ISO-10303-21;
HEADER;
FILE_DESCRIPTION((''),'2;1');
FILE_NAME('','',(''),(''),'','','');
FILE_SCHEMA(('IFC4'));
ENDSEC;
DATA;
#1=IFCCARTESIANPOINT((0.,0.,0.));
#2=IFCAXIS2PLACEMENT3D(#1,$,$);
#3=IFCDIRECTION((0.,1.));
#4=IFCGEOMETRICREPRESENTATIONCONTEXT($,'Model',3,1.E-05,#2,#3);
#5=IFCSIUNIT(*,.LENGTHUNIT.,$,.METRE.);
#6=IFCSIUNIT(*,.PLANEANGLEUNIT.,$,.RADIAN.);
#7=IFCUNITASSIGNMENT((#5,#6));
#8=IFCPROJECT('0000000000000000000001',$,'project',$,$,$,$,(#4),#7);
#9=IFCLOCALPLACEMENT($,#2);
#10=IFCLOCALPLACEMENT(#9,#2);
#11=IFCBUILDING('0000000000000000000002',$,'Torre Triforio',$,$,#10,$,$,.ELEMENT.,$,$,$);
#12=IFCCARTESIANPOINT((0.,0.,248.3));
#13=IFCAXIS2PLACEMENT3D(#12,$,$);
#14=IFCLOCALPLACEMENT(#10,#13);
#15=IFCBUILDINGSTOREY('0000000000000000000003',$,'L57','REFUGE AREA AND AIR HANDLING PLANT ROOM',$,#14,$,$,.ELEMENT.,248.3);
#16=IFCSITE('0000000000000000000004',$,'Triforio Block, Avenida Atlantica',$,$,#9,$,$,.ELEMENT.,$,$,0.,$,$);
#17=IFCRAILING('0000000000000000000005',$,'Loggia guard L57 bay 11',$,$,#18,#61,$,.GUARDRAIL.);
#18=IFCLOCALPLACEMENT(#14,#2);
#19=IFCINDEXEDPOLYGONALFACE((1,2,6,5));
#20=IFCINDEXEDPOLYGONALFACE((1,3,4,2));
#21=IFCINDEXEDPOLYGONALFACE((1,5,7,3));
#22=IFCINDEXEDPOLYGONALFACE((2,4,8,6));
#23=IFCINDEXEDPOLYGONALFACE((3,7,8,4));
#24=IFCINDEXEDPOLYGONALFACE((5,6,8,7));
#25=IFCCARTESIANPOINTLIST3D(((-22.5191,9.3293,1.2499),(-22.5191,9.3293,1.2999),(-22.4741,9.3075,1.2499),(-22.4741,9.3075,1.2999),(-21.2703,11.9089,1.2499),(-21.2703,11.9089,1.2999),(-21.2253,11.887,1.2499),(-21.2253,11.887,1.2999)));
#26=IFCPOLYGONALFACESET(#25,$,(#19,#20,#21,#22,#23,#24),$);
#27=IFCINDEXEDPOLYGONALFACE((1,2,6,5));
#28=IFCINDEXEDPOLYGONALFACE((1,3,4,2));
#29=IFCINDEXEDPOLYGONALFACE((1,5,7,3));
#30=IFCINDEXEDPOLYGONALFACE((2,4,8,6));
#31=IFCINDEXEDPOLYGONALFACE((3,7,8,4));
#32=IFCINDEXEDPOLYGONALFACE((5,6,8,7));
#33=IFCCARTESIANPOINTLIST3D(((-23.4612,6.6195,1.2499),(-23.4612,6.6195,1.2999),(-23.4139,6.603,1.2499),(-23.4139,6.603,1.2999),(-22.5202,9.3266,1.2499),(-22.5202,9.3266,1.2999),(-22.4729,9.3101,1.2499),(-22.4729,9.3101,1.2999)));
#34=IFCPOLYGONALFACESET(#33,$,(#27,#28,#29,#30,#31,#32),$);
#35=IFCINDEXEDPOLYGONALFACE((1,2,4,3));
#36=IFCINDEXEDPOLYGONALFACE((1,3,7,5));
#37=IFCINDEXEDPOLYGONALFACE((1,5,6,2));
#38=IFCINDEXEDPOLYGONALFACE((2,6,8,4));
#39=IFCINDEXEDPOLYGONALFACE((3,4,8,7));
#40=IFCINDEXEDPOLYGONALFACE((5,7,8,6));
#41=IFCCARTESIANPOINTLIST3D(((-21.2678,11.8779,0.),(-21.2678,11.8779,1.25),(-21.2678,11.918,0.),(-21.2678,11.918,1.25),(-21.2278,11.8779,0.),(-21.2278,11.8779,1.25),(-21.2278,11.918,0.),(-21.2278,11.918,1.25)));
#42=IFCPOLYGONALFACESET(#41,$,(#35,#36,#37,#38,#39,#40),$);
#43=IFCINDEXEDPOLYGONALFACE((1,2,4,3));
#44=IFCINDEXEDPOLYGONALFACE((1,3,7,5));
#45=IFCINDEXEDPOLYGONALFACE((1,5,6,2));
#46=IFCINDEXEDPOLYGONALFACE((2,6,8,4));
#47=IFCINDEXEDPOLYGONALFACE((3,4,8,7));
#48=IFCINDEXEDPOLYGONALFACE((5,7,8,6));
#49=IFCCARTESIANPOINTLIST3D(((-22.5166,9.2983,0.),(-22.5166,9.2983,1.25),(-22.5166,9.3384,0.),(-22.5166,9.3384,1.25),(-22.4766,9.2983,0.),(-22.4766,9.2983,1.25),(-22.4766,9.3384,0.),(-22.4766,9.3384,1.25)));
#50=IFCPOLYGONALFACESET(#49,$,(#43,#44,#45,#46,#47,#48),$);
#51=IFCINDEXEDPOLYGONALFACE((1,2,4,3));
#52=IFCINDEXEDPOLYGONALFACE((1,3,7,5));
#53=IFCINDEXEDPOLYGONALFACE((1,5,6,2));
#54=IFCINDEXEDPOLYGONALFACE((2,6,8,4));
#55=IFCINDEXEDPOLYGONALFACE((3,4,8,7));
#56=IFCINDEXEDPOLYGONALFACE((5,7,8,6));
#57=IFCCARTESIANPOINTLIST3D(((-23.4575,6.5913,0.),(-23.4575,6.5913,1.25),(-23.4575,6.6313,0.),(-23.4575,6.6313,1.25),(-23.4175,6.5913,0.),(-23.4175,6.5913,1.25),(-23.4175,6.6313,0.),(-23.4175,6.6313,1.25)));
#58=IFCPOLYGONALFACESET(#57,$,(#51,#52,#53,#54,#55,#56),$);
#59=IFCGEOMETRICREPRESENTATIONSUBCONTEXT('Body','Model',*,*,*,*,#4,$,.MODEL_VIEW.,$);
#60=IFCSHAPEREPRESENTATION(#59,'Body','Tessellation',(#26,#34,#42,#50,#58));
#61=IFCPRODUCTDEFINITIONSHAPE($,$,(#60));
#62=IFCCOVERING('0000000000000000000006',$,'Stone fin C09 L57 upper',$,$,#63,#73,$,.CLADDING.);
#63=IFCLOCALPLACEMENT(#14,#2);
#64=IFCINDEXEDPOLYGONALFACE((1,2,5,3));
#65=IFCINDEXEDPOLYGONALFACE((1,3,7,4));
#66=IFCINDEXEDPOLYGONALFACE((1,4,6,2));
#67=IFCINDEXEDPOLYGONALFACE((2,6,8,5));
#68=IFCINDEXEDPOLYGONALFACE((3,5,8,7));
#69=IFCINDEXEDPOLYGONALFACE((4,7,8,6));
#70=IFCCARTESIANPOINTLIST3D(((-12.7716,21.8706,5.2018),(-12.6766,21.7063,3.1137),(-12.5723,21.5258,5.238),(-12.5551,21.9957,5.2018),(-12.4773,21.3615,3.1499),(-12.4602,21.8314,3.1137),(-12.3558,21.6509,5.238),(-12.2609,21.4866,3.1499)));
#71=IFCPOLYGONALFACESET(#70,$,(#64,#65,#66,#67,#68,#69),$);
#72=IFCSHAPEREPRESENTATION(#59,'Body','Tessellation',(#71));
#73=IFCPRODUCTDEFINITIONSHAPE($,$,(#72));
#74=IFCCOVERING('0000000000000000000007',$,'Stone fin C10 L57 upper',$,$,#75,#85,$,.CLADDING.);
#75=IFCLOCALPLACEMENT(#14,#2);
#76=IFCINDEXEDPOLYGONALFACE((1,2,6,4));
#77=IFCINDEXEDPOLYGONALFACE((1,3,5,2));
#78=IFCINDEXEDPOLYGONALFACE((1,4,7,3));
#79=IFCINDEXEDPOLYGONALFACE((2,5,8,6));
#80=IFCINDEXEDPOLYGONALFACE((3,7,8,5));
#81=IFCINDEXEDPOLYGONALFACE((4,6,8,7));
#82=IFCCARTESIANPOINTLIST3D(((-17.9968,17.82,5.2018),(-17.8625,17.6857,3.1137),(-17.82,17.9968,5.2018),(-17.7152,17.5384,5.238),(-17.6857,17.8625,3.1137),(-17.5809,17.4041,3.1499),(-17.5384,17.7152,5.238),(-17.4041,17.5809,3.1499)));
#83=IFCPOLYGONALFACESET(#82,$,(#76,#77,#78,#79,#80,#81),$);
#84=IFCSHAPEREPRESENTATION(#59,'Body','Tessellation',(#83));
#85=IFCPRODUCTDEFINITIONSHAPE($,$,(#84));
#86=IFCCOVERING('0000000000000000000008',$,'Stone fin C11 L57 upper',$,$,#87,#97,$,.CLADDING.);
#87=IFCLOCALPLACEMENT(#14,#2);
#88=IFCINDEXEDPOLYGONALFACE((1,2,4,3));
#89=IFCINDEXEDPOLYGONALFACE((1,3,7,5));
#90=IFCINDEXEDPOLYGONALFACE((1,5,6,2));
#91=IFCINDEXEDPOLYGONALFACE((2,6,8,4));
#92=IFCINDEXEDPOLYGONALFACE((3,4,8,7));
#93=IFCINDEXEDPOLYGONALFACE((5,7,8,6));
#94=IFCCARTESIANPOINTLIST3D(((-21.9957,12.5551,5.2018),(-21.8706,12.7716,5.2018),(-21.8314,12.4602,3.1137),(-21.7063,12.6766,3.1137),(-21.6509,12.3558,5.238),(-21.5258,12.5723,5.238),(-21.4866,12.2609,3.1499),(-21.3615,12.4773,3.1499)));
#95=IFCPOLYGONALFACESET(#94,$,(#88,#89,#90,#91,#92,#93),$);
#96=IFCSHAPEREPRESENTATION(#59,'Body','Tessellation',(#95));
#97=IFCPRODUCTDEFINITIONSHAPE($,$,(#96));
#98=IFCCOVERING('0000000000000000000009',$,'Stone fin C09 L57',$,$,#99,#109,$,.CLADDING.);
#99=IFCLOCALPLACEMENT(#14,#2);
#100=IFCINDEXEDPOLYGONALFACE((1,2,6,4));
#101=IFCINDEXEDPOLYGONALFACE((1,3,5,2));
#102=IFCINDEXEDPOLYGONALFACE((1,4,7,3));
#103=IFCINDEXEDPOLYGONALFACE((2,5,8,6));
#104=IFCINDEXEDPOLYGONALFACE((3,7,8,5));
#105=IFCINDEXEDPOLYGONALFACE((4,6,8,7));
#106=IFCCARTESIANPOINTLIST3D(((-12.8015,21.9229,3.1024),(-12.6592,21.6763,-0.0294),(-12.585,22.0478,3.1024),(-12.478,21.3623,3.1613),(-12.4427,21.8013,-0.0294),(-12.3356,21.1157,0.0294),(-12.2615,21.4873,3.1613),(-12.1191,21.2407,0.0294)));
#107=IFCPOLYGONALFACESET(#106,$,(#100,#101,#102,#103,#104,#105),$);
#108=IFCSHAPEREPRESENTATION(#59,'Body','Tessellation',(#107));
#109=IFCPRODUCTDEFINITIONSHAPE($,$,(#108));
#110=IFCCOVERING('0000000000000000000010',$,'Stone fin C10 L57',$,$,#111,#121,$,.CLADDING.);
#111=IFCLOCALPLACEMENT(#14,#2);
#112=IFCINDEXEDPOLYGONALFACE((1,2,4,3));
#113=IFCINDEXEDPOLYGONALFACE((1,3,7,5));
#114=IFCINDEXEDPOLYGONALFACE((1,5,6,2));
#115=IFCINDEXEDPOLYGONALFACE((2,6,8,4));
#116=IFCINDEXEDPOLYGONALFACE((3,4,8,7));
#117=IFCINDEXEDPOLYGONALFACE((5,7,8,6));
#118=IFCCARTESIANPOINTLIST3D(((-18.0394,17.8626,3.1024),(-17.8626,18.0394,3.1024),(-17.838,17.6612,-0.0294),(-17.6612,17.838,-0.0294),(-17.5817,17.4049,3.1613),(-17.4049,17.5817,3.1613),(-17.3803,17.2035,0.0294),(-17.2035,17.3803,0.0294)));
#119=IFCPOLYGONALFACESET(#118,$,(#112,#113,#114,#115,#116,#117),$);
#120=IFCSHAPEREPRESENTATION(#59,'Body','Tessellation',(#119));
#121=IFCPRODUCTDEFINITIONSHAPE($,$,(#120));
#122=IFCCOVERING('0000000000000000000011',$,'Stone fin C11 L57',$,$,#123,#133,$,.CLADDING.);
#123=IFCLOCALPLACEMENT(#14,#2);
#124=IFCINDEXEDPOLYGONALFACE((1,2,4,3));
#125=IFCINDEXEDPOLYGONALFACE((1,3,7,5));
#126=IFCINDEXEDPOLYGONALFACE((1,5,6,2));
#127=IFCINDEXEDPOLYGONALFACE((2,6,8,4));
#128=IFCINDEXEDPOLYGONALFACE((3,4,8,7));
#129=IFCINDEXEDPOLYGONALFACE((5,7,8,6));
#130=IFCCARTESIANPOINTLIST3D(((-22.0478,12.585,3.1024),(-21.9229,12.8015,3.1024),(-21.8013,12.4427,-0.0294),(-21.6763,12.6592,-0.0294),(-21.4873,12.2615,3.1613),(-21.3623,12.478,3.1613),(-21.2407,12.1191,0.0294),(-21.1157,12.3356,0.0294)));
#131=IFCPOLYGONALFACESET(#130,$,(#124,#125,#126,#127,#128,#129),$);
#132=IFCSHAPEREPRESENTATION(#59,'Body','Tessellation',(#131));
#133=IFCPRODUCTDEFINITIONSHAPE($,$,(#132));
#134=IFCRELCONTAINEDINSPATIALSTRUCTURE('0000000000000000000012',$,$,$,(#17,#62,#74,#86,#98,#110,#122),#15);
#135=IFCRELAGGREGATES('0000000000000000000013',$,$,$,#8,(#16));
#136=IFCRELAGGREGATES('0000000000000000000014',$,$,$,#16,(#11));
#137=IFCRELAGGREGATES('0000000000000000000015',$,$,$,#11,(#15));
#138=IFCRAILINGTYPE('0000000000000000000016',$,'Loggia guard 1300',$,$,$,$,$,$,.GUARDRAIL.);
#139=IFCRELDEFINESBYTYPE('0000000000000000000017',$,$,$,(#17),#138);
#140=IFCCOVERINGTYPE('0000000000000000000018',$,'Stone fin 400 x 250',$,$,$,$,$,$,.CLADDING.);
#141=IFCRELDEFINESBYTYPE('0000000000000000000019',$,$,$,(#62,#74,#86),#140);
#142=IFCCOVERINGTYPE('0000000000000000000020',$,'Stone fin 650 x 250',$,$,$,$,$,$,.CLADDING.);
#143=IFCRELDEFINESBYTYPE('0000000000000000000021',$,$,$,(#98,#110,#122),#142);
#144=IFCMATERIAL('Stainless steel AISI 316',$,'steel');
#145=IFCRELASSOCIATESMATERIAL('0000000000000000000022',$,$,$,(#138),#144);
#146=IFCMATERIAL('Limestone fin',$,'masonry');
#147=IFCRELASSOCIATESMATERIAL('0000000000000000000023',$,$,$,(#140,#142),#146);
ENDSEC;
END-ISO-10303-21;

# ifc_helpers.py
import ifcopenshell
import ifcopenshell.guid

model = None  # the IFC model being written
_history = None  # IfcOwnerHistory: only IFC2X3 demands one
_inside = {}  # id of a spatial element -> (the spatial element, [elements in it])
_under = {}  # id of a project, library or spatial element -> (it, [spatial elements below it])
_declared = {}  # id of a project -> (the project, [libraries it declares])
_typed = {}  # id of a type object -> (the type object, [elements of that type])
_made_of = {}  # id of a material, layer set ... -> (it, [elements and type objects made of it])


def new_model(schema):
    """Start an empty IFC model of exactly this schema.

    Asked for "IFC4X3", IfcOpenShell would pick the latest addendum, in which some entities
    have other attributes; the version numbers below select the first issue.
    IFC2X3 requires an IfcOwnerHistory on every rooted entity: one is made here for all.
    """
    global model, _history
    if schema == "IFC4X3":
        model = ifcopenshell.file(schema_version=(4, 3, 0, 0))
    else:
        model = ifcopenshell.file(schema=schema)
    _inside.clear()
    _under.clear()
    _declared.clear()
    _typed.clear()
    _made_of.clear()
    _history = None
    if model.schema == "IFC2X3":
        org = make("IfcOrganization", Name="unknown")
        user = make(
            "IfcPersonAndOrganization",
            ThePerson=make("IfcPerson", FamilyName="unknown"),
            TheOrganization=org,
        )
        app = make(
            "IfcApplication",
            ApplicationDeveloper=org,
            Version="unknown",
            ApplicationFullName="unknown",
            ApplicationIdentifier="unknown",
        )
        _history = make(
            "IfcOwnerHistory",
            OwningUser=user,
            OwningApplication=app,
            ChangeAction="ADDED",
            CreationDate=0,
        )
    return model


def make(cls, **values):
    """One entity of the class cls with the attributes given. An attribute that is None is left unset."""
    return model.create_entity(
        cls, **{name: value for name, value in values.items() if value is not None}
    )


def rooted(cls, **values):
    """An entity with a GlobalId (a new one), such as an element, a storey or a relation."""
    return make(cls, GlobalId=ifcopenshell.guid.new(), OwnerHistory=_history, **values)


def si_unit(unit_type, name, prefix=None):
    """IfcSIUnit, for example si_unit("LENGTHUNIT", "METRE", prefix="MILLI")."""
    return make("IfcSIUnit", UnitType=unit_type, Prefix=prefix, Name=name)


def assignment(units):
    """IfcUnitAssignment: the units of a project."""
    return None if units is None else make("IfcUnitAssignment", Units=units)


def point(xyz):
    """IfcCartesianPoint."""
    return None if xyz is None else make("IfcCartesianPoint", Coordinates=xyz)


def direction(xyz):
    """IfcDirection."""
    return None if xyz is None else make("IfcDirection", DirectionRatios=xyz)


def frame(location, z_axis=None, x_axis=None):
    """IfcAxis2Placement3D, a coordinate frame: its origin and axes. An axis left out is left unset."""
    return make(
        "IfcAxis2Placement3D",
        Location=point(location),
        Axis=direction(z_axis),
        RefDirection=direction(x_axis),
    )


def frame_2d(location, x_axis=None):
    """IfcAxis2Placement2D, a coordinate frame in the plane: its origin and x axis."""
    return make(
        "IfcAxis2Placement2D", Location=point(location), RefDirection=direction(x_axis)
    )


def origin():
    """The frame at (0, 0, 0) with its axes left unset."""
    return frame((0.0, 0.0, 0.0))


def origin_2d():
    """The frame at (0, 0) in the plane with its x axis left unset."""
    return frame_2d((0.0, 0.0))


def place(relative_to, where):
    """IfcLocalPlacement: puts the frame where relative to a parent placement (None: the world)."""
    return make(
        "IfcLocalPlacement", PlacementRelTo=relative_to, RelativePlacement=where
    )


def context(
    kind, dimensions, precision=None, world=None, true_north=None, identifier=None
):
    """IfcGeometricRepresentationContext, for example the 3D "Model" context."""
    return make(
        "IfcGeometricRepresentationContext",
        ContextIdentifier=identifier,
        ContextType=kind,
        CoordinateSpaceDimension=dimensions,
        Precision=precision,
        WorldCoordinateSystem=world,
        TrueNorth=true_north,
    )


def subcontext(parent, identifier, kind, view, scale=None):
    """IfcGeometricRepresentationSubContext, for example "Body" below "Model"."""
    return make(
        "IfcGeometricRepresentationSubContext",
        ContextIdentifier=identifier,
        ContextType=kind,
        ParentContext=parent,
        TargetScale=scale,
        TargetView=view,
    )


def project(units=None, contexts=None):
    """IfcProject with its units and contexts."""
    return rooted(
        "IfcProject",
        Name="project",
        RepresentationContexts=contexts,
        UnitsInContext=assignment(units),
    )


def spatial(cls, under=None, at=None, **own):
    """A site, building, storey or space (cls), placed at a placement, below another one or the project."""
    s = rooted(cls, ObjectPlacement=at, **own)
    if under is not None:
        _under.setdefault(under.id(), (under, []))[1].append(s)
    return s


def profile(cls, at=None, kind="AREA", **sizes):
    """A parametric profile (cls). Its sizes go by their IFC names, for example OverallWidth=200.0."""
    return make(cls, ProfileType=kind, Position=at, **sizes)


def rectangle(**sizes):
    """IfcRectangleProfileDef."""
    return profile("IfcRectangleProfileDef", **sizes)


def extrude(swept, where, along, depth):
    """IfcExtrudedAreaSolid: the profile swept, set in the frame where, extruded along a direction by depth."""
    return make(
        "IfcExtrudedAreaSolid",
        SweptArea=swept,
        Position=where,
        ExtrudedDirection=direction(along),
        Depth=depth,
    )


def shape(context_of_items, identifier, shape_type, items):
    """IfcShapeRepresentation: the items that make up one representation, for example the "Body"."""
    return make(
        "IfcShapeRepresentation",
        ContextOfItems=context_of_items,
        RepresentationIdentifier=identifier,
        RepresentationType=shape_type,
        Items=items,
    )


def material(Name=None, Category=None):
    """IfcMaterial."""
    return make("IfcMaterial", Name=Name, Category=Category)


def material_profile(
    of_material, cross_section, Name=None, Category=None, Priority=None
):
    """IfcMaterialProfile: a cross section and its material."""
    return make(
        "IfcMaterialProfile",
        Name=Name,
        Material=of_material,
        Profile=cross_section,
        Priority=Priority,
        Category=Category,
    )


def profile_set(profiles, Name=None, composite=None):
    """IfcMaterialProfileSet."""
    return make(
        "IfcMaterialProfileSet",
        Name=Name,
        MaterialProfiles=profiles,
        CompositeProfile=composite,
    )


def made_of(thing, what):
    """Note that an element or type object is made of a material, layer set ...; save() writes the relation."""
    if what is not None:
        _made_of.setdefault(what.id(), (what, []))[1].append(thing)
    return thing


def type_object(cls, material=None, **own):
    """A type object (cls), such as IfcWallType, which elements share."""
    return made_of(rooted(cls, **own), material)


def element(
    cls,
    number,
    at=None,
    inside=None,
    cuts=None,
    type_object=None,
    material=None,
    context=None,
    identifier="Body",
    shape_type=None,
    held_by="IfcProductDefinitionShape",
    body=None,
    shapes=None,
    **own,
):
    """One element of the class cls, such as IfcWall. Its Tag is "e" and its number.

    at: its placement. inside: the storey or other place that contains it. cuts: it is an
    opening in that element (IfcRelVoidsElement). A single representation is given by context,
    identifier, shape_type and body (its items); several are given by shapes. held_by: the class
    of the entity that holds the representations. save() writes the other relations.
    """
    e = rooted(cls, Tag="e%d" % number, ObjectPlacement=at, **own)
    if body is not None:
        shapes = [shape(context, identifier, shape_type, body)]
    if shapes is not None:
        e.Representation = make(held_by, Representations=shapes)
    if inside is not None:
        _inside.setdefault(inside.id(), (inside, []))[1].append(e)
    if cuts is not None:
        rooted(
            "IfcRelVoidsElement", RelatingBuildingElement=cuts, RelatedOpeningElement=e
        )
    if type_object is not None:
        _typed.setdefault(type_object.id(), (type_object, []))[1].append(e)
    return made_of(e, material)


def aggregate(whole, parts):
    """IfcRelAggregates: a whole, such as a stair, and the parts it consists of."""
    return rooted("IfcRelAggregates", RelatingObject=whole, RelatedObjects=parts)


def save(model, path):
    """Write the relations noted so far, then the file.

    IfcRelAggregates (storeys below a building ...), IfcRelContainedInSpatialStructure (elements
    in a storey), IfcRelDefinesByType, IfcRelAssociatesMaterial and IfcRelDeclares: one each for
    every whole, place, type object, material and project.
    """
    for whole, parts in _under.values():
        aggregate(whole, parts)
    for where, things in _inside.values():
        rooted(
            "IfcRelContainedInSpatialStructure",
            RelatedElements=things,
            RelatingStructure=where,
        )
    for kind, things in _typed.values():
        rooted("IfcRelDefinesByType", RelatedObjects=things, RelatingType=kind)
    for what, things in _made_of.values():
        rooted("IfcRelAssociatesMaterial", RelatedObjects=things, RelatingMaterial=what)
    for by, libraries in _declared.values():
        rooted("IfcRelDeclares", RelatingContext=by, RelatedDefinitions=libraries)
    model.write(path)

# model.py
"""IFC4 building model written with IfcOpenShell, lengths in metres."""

from ifc_helpers import new_model, si_unit, direction, frame, origin, origin_2d, place, context, subcontext, project, spatial, rectangle, extrude, material, material_profile, profile_set, type_object, element, save


model = new_model("IFC4")

# Units and contexts
model_context = context("Model", 3, precision=1e-05, world=origin(), true_north=direction((0.0, 1.0)))
body_context = subcontext(model_context, "Body", "Model", "MODEL_VIEW")
ifc_project = project(units=[si_unit("LENGTHUNIT", "METRE"), si_unit("PLANEANGLEUNIT", "RADIAN")], contexts=[model_context])

# Site, building, storey
site_placement = place(None, origin())
site = spatial("IfcSite", under=ifc_project, at=site_placement, Name="Triforio Block, Avenida Atlantica", CompositionType="ELEMENT", RefElevation=0.0)
building_placement = place(site_placement, origin())
building = spatial("IfcBuilding", under=site, at=building_placement, Name="Torre Triforio", CompositionType="ELEMENT")
storey_placement = place(building_placement, frame((0.0, 0.0, 248.3)))
storey = spatial("IfcBuildingStorey", under=building, at=storey_placement, Name="L57", Description="REFUGE AREA AND AIR HANDLING PLANT ROOM", CompositionType="ELEMENT", Elevation=248.3)

# Railing
ifc_material_1 = material(Name="Stainless steel AISI 316", Category="steel")
railing_type = type_object("IfcRailingType", Name="Loggia guard 1300", PredefinedType="GUARDRAIL", material=ifc_material_1)
railing_1_placement = place(storey_placement, frame((-21.2478, 11.8979, 0.0)))
element("IfcRailing", 1, at=railing_1_placement, inside=storey, type_object=railing_type, Name="Loggia guard L57 bay 11", PredefinedType="GUARDRAIL", context=body_context, shape_type="SweptSolid", body=[
    extrude(rectangle(XDim=0.05, YDim=0.05, at=origin_2d()), frame((0.0, 0.0, 1.2749), z_axis=(-0.435728, -0.900078, 0.0), x_axis=(0.900078, -0.435728, 0.0)), (0.0, 0.0, 1.0), 2.866),
    extrude(rectangle(XDim=0.05, YDim=0.05, at=origin_2d()), frame((-1.2488, -2.5796, 1.2749), z_axis=(-0.328316, -0.944568, 0.0), x_axis=(0.944568, -0.328316, 0.0)), (0.0, 0.0, 1.0), 2.866),
    extrude(rectangle(XDim=0.04, YDim=0.04, at=origin_2d()), origin(), (0.0, 0.0, 1.0), 1.25),
    extrude(rectangle(XDim=0.04, YDim=0.04, at=origin_2d()), frame((-1.2488, -2.5796, 0.0)), (0.0, 0.0, 1.0), 1.25),
    extrude(rectangle(XDim=0.04, YDim=0.04, at=origin_2d()), frame((-2.1897, -5.2866, 0.0)), (0.0, 0.0, 1.0), 1.25),
])

# Coverings
ifc_material_2 = material(Name="Limestone fin", Category="masonry")
ifc_material_profile_1 = material_profile(ifc_material_2, rectangle(XDim=0.3999, YDim=0.25, at=origin_2d()), Name="FIN 400x250")
ifc_profile_set_1 = profile_set([ifc_material_profile_1], Name="Limestone fin")
covering_type_1 = type_object("IfcCoveringType", Name="Stone fin 400 x 250", PredefinedType="CLADDING", material=ifc_profile_set_1)
for number, where, z_axis, x_axis, name in (
    (2, (-12.4688, 21.5964, 3.1318), (-0.045294, 0.078363, 0.995895), (0.498374, -0.862225, 0.090511), "Stone fin C09 L57 upper"),
    (3, (-17.6333, 17.6333, 3.1318), (-0.064041, 0.064041, 0.99589), (0.704201, -0.704201, 0.090567), "Stone fin C10 L57 upper"),
    (4, (-21.5964, 12.4688, 3.1318), (-0.078363, 0.045294, 0.995895), (0.862225, -0.498374, 0.090511), "Stone fin C11 L57 upper"),
):
    element("IfcCovering", number, at=place(storey_placement, frame(where, z_axis=z_axis, x_axis=x_axis)), inside=storey, type_object=covering_type_1, Name=name, PredefinedType="CLADDING", context=body_context, shape_type="SweptSolid", body=[
        extrude(rectangle(XDim=0.3999, YDim=0.25, at=origin_2d()), origin(), (0.0, 0.0, 1.0), 2.0967),
    ])
ifc_material_profile_2 = material_profile(ifc_material_2, rectangle(XDim=0.6499, YDim=0.25, at=origin_2d()), Name="FIN 650x250")
ifc_profile_set_2 = profile_set([ifc_material_profile_2], Name="Limestone fin")
covering_type_2 = type_object("IfcCoveringType", Name="Stone fin 650 x 250", PredefinedType="CLADDING", material=ifc_profile_set_2)
for number, where, z_axis, x_axis, name in (
    (5, (-12.3892, 21.4585, 0.0), (-0.045261, 0.078411, 0.995893), (0.497867, -0.862515, 0.090536), "Stone fin C09 L57"),
    (6, (-17.5208, 17.5208, 0.0), (-0.064048, 0.064048, 0.995889), (0.7042, -0.7042, 0.090578), "Stone fin C10 L57"),
    (7, (-21.4585, 12.3892, 0.0), (-0.078411, 0.045261, 0.995893), (0.862515, -0.497867, 0.090536), "Stone fin C11 L57"),
):
    element("IfcCovering", number, at=place(storey_placement, frame(where, z_axis=z_axis, x_axis=x_axis)), inside=storey, type_object=covering_type_2, Name=name, PredefinedType="CLADDING", context=body_context, shape_type="SweptSolid", body=[
        extrude(rectangle(XDim=0.6499, YDim=0.25, at=origin_2d()), origin(), (0.0, 0.0, 1.0), 3.1448),
    ])

save(model, "model.ifc")
